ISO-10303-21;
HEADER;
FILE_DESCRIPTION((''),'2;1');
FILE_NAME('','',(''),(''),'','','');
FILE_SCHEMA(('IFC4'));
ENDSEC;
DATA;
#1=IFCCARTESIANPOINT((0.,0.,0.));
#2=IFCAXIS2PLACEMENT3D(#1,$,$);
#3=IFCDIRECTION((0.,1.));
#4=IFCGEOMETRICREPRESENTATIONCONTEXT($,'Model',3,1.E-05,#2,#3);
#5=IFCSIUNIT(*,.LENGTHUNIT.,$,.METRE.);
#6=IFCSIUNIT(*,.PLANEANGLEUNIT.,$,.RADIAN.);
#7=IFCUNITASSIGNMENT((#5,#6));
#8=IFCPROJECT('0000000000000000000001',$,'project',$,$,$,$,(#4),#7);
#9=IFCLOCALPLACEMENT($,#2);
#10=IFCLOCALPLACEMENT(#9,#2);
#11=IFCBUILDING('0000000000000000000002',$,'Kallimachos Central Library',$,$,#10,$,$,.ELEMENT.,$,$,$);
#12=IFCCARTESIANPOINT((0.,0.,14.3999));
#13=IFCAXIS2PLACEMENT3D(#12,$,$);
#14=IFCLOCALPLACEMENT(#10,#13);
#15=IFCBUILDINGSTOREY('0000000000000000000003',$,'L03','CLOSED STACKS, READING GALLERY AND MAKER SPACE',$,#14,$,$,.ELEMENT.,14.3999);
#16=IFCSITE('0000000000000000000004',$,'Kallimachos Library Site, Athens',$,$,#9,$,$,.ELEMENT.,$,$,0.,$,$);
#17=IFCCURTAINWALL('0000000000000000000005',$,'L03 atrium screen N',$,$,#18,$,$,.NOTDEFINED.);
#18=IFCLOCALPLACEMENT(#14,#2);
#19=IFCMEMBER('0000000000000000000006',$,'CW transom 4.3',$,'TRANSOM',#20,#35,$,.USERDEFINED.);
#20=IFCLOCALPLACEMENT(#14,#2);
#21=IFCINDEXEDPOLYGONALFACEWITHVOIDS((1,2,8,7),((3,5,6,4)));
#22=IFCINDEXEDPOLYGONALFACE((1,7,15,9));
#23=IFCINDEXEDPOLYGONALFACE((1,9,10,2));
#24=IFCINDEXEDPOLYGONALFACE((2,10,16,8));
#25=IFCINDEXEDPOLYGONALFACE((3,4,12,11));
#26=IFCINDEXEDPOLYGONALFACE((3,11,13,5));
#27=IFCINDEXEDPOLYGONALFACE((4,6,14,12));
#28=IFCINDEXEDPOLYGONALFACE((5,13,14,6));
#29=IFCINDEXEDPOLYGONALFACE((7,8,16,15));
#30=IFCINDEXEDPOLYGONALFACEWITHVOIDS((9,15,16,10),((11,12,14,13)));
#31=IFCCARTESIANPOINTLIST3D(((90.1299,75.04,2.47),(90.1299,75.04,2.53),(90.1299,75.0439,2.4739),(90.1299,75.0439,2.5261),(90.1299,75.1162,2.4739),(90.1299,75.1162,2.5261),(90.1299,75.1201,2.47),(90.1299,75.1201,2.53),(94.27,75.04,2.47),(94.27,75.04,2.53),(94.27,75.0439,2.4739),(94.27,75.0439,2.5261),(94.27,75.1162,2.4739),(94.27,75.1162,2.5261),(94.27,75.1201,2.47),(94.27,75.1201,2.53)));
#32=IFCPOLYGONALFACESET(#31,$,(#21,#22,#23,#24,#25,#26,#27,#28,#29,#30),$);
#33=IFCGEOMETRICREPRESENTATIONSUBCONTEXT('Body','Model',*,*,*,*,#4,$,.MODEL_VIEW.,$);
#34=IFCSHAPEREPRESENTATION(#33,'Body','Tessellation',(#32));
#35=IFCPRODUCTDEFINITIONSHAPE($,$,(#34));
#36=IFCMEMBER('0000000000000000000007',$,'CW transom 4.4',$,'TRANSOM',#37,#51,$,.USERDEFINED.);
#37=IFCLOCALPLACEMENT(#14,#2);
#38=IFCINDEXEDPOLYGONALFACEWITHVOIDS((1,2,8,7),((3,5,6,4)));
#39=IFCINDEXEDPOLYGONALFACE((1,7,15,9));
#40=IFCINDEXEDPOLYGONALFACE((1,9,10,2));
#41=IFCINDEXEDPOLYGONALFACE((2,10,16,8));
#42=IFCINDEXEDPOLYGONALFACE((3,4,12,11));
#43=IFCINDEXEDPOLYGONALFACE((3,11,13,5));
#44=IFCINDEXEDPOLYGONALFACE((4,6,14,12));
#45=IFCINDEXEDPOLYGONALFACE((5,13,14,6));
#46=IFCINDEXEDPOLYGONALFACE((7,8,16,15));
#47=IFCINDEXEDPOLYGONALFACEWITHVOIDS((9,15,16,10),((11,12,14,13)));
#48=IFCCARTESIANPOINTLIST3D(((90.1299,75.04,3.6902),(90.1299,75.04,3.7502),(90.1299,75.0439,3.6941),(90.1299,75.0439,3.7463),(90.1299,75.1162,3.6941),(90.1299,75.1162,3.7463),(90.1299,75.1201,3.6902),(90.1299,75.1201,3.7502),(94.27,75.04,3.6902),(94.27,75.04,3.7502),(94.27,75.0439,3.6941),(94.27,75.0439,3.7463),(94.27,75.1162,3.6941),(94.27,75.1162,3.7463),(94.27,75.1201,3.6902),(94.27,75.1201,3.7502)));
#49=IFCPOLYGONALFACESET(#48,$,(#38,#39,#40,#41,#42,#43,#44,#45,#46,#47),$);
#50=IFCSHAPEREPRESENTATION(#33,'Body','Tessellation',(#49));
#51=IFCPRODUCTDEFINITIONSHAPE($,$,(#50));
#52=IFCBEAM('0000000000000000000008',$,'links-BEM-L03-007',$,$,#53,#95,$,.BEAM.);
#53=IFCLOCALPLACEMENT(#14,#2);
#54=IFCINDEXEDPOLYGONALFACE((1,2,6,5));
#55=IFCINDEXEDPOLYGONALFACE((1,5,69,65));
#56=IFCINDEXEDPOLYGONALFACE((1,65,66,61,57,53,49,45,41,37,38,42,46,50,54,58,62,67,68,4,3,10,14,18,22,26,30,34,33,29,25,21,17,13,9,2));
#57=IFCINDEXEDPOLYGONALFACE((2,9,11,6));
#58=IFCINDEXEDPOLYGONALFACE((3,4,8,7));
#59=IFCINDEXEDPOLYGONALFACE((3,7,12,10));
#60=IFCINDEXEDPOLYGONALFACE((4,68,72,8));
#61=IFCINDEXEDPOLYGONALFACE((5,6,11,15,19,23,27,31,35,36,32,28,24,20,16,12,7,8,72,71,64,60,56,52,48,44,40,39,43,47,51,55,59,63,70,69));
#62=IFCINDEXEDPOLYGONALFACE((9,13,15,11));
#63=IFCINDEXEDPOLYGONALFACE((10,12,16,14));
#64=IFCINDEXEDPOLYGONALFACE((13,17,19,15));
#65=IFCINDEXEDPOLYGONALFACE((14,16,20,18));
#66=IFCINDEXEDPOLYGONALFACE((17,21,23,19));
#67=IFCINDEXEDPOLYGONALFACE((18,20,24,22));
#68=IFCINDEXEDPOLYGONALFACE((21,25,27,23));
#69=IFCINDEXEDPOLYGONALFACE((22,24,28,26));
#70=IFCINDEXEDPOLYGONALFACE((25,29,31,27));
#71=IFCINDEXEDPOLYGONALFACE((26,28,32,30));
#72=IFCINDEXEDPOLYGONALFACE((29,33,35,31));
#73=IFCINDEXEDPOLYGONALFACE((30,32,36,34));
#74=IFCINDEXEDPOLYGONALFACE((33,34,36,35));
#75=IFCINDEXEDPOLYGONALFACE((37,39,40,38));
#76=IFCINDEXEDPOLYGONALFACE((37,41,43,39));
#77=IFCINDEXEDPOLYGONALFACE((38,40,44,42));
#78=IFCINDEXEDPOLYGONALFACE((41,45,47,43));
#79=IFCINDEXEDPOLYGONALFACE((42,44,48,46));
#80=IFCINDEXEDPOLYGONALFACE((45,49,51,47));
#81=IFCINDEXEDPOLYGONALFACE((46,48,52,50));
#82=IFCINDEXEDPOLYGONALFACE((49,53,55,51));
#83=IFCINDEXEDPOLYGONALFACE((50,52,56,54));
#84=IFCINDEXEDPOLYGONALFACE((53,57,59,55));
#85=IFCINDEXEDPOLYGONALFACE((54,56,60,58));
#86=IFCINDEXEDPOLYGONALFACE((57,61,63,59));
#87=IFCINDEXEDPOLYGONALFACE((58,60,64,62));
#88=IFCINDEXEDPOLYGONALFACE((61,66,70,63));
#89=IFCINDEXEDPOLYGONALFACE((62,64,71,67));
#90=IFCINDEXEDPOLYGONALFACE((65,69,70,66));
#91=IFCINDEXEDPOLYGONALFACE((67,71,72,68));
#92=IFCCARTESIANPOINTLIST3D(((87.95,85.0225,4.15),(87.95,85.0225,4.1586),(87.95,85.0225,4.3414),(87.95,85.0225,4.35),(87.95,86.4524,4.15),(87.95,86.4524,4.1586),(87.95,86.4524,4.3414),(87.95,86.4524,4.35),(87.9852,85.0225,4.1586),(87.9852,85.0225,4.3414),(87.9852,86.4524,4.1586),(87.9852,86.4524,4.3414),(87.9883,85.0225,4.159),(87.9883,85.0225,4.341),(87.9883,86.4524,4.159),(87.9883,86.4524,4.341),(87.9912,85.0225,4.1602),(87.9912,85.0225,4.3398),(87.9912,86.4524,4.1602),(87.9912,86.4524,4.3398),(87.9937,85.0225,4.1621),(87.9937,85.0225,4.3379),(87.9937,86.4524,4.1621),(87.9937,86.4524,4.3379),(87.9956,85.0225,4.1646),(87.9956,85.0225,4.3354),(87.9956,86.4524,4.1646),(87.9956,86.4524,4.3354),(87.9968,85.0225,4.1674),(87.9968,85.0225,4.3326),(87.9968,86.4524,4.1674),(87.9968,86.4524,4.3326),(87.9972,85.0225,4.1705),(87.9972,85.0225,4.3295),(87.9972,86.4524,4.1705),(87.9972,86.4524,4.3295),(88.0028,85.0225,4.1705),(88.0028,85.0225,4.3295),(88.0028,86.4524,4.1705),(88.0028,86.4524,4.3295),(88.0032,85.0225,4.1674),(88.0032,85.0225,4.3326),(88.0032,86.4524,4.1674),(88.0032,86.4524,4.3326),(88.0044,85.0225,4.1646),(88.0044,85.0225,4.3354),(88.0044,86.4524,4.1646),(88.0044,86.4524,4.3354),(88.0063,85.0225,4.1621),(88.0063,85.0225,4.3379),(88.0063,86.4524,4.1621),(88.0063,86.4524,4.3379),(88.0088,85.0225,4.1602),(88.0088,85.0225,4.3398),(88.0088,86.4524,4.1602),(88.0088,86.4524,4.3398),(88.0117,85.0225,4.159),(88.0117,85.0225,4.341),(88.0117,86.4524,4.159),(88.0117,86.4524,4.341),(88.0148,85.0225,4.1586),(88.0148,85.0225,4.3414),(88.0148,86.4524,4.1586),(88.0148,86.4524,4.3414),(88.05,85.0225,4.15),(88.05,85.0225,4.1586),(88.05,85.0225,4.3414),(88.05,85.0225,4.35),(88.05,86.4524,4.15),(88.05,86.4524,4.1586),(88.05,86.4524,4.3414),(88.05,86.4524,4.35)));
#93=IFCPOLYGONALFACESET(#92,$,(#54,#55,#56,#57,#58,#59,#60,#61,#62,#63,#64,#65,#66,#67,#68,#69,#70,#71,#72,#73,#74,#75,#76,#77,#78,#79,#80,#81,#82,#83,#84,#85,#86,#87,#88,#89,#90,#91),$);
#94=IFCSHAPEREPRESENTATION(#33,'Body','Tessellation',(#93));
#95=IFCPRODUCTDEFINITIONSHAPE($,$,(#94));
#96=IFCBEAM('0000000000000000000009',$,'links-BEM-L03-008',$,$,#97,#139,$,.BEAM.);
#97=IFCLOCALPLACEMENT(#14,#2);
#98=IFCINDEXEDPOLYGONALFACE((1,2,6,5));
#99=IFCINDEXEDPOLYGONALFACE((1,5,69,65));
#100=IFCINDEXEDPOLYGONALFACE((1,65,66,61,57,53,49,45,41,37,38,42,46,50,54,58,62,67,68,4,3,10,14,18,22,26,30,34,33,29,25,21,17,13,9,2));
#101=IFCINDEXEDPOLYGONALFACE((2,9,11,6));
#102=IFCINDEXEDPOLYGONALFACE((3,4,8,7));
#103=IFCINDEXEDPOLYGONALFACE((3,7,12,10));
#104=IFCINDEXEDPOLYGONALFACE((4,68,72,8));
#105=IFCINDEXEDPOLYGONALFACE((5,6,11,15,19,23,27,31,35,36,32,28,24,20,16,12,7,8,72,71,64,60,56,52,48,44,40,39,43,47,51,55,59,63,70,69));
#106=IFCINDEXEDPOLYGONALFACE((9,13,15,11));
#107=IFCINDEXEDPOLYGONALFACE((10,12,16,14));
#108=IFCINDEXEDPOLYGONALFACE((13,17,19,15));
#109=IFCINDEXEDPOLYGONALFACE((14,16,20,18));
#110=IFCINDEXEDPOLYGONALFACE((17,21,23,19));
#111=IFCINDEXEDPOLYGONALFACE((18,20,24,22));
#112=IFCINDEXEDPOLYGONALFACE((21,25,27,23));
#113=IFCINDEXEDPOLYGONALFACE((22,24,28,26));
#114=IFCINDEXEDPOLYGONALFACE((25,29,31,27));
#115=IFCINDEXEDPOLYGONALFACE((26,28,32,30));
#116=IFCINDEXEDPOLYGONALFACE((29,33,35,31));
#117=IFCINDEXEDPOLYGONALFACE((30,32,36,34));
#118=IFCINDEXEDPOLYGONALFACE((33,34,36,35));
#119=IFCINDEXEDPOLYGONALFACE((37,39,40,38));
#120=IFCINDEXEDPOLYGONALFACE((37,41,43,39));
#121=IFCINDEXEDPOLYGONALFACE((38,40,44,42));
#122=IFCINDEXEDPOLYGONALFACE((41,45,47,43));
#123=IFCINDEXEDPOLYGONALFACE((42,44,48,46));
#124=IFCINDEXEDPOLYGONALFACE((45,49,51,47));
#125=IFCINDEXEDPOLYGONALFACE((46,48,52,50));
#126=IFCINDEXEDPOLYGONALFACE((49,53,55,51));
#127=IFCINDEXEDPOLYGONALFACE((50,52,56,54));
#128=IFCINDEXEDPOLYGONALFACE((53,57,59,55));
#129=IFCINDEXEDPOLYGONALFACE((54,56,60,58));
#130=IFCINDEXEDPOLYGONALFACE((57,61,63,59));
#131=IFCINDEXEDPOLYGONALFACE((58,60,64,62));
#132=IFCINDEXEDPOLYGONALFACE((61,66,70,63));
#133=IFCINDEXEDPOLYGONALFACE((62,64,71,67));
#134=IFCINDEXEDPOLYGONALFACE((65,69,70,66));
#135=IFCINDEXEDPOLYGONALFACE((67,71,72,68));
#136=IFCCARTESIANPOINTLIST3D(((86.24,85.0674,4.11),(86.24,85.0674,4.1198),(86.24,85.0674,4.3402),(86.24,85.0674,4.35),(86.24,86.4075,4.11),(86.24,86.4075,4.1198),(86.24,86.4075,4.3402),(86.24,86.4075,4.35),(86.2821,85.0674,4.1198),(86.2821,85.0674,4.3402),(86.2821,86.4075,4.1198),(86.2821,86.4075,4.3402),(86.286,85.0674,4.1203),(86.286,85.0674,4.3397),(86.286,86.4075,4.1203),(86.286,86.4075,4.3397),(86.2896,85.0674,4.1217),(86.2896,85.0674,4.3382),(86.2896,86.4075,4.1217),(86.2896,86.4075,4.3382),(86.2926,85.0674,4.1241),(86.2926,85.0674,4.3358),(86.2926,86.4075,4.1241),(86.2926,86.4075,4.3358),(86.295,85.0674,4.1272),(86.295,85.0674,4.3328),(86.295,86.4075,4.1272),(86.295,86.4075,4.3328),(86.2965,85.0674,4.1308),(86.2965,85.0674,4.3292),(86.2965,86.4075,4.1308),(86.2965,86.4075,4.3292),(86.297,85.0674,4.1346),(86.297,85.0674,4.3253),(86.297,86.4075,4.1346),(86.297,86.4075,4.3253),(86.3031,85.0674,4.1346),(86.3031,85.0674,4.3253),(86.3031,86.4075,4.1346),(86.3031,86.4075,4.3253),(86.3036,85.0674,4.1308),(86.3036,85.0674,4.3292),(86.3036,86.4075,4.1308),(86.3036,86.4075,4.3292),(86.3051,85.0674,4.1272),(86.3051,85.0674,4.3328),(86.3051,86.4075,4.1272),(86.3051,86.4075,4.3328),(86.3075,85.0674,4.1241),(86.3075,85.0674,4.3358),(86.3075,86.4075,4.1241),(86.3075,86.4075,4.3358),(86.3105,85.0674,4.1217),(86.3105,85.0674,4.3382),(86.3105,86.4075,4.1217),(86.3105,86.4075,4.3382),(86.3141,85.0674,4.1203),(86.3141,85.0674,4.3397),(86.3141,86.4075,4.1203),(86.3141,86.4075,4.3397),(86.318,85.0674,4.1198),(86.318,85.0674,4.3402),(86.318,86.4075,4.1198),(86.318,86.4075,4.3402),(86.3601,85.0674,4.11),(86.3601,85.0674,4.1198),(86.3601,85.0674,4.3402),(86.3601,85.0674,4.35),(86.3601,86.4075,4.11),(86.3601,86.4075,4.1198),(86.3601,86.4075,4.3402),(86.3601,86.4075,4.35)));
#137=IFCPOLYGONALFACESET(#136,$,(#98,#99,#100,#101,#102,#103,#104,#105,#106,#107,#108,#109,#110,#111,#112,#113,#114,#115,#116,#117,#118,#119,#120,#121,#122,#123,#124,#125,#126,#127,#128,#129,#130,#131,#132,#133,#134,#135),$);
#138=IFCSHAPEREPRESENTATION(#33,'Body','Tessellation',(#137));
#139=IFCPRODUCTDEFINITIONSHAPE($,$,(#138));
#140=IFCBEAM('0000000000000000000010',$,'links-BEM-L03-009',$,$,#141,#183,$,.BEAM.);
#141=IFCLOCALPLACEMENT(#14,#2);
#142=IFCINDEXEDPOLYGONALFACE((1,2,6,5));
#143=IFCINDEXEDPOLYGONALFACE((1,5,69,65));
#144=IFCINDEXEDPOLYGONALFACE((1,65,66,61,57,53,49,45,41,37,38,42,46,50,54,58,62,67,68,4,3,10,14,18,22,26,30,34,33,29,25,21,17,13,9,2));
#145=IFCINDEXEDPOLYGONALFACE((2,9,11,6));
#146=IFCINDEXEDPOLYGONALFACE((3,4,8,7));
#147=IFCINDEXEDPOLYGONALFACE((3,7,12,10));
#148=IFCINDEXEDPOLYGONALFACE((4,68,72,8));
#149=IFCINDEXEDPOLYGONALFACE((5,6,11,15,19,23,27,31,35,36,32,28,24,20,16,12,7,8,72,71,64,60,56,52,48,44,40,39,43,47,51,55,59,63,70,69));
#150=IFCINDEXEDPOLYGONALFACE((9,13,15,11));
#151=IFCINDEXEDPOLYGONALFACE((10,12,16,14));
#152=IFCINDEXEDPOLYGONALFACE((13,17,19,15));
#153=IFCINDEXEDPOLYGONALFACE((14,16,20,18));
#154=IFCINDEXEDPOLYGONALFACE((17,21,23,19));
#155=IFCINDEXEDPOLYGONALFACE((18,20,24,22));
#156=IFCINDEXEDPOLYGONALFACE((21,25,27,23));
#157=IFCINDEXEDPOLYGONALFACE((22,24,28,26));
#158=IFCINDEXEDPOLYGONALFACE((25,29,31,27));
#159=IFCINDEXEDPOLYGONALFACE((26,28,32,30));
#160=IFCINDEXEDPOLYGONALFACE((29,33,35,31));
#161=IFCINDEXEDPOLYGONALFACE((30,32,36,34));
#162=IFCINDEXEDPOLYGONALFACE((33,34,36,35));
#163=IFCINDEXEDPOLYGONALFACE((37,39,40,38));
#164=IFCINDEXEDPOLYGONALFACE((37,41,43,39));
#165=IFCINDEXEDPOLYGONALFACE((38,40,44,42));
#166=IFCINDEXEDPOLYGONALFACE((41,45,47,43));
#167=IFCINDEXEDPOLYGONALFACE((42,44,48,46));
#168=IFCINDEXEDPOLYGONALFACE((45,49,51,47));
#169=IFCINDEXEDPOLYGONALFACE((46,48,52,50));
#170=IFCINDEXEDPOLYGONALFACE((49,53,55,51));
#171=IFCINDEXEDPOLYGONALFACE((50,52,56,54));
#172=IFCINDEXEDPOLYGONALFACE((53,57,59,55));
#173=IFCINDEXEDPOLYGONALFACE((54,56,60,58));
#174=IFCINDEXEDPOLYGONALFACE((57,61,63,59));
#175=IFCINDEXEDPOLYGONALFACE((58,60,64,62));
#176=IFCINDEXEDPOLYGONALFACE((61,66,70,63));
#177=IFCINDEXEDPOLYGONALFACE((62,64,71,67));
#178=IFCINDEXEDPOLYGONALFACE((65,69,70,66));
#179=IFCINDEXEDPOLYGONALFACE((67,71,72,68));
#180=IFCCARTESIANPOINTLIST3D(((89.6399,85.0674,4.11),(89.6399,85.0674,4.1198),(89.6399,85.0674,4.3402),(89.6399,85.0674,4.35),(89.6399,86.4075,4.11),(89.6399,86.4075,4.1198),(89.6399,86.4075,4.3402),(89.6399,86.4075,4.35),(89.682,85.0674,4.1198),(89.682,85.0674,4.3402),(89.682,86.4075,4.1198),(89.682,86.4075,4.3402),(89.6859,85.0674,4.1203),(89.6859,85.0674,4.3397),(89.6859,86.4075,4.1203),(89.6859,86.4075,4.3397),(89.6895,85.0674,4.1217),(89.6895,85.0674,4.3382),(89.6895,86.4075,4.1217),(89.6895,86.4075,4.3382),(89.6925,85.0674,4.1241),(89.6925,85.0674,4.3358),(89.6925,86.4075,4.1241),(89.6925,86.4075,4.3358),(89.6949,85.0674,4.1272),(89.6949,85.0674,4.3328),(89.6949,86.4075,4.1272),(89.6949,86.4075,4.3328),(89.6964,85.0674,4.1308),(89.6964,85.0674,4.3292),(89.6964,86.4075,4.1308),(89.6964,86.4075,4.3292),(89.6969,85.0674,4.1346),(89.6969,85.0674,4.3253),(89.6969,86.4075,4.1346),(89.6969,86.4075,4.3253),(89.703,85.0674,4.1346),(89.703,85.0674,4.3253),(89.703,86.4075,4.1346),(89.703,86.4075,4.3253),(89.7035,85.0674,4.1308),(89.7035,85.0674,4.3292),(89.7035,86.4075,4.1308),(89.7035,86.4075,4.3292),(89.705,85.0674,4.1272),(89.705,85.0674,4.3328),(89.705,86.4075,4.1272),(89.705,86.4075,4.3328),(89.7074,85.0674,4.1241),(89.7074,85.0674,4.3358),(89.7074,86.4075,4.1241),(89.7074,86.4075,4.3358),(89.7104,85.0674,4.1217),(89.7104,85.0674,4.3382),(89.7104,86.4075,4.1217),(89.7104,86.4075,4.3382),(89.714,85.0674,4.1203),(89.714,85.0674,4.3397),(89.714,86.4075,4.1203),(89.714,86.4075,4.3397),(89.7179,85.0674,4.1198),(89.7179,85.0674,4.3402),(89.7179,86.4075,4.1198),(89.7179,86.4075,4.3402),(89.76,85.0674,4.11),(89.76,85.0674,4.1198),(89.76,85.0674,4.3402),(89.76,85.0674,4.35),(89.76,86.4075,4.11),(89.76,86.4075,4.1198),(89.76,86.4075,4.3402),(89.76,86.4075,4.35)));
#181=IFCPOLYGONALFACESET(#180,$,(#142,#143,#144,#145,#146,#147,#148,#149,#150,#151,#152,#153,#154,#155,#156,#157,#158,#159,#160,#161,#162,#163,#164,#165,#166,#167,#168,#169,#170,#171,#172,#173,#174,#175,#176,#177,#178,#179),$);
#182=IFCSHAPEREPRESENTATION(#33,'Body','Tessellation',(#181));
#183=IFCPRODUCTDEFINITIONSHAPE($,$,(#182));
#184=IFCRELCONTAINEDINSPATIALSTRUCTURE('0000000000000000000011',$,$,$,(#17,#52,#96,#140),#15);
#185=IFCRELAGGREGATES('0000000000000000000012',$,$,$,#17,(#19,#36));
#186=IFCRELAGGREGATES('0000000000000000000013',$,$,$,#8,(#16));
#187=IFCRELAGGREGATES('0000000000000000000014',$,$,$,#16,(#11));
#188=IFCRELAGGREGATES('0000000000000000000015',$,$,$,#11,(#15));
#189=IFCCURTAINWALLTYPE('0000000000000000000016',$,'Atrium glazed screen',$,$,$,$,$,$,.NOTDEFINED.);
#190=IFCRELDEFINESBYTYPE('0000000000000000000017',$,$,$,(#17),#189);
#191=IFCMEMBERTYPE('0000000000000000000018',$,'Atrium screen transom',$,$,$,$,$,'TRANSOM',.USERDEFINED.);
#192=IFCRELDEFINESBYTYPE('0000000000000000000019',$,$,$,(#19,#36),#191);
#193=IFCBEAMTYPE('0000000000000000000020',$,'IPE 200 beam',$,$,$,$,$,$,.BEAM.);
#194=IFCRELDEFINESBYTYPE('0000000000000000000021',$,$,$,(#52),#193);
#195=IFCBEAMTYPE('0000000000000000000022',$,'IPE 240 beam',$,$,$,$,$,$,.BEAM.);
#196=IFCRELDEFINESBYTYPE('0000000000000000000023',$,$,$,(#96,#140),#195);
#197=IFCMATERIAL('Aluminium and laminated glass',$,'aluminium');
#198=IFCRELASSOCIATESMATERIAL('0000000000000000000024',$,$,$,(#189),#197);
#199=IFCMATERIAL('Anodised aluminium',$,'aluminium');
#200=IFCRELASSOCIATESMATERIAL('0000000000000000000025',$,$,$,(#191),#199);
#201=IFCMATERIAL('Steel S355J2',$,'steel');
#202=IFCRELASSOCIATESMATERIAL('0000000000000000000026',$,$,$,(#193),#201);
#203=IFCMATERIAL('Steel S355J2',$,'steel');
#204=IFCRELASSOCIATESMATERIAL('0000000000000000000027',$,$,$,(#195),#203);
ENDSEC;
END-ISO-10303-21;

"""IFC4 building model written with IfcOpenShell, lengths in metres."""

from ifc_helpers import new_model, si_unit, direction, frame, origin, origin_2d, place, context, subcontext, project, spatial, hollow_rectangle, i_section, extrude, material, material_profile, profile_set, type_object, element, aggregate, save


model = new_model("IFC4")

# Units and contexts
model_context = context("Model", 3, precision=1e-05, world=origin(), true_north=direction((0.0, 1.0)))
body_context = subcontext(model_context, "Body", "Model", "MODEL_VIEW")
ifc_project = project(units=[si_unit("LENGTHUNIT", "METRE"), si_unit("PLANEANGLEUNIT", "RADIAN")], contexts=[model_context])

# Site, building, storey
site_placement = place(None, origin())
site = spatial("IfcSite", under=ifc_project, at=site_placement, Name="Kallimachos Library Site, Athens", CompositionType="ELEMENT", RefElevation=0.0)
building_placement = place(site_placement, origin())
building = spatial("IfcBuilding", under=site, at=building_placement, Name="Kallimachos Central Library", CompositionType="ELEMENT")
storey_placement = place(building_placement, frame((0.0, 0.0, 14.3999)))
storey = spatial("IfcBuildingStorey", under=building, at=storey_placement, Name="L03", Description="CLOSED STACKS, READING GALLERY AND MAKER SPACE", CompositionType="ELEMENT", Elevation=14.3999)

# Curtain wall, members
ifc_material_1 = material(Name="Aluminium and laminated glass", Category="aluminium")
curtain_wall_type_1 = type_object("IfcCurtainWallType", Name="Atrium glazed screen", PredefinedType="NOTDEFINED", material=ifc_material_1)
curtain_wall_1_placement = place(storey_placement, origin())
curtain_wall_1 = element("IfcCurtainWall", 1, at=curtain_wall_1_placement, inside=storey, type_object=curtain_wall_type_1, Name="L03 atrium screen N", PredefinedType="NOTDEFINED")
ifc_material_2 = material(Name="Anodised aluminium", Category="aluminium")
ifc_material_profile_1 = material_profile(ifc_material_2, hollow_rectangle(XDim=0.0601, YDim=0.0801, WallThickness=0.0039, at=origin_2d()), Name="ALU TRANSOM 60x80")
ifc_profile_set_1 = profile_set([ifc_material_profile_1], Name="Anodised aluminium")
member_type_1 = type_object("IfcMemberType", Name="Atrium screen transom", ElementType="TRANSOM", PredefinedType="USERDEFINED", material=ifc_profile_set_1)
member_1_placement = place(storey_placement, frame((90.1299, 75.0801, 2.5), z_axis=(1.0, 0.0, 0.0), x_axis=(0.0, 0.0, 1.0)))
member_1 = element("IfcMember", 2, at=member_1_placement, type_object=member_type_1, Name="CW transom 4.3", ObjectType="TRANSOM", PredefinedType="USERDEFINED", context=body_context, shape_type="SweptSolid", body=[
    extrude(hollow_rectangle(XDim=0.0601, YDim=0.0801, WallThickness=0.0039, at=origin_2d()), origin(), (0.0, 0.0, 1.0), 4.1401),
])
member_2_placement = place(storey_placement, frame((90.1299, 75.0801, 3.7202), z_axis=(1.0, 0.0, 0.0), x_axis=(0.0, 0.0, 1.0)))
member_2 = element("IfcMember", 3, at=member_2_placement, type_object=member_type_1, Name="CW transom 4.4", ObjectType="TRANSOM", PredefinedType="USERDEFINED", context=body_context, shape_type="SweptSolid", body=[
    extrude(hollow_rectangle(XDim=0.0601, YDim=0.0801, WallThickness=0.0039, at=origin_2d()), origin(), (0.0, 0.0, 1.0), 4.1401),
])

# Beams
ifc_material_3 = material(Name="Steel S355J2", Category="steel")
ifc_material_profile_2 = material_profile(ifc_material_3, i_section(OverallWidth=0.1001, OverallDepth=0.2, WebThickness=0.0056, FlangeThickness=0.0085, FilletRadius=0.012, at=origin_2d()), Name="IPE 200")
ifc_profile_set_2 = profile_set([ifc_material_profile_2], Name="Steel S355J2")
beam_type_1 = type_object("IfcBeamType", Name="IPE 200 beam", PredefinedType="BEAM", material=ifc_profile_set_2)
beam_1_placement = place(storey_placement, frame((88.0, 85.0225, 4.25), z_axis=(0.0, 1.0, 0.0), x_axis=(-1.0, 0.0, 0.0)))
element("IfcBeam", 4, at=beam_1_placement, inside=storey, type_object=beam_type_1, Name="links-BEM-L03-007", PredefinedType="BEAM", context=body_context, shape_type="SweptSolid", body=[
    extrude(i_section(OverallWidth=0.1001, OverallDepth=0.2, WebThickness=0.0056, FlangeThickness=0.0085, FilletRadius=0.012, at=origin_2d()), origin(), (0.0, 0.0, 1.0), 1.4299),
])
ifc_material_4 = material(Name="Steel S355J2", Category="steel")
ifc_material_profile_3 = material_profile(ifc_material_4, i_section(OverallWidth=0.1201, OverallDepth=0.24, WebThickness=0.0061, FlangeThickness=0.0098, FilletRadius=0.0149, at=origin_2d()), Name="IPE 240")
ifc_profile_set_3 = profile_set([ifc_material_profile_3], Name="Steel S355J2")
beam_type_2 = type_object("IfcBeamType", Name="IPE 240 beam", PredefinedType="BEAM", material=ifc_profile_set_3)
for number, where, z_axis, x_axis, name in (
    (5, (86.3, 85.0674, 4.23), (0.0, 1.0, 0.0), (-1.0, 0.0, 0.0), "links-BEM-L03-008"),
    (6, (89.7, 85.0674, 4.23), (0.0, 1.0, 0.0), (-1.0, 0.0, 0.0), "links-BEM-L03-009"),
):
    element("IfcBeam", number, at=place(storey_placement, frame(where, z_axis=z_axis, x_axis=x_axis)), inside=storey, type_object=beam_type_2, Name=name, PredefinedType="BEAM", context=body_context, shape_type="SweptSolid", body=[
        extrude(i_section(OverallWidth=0.1201, OverallDepth=0.24, WebThickness=0.0061, FlangeThickness=0.0098, FilletRadius=0.0149, at=origin_2d()), origin(), (0.0, 0.0, 1.0), 1.3401),
    ])

aggregate(curtain_wall_1, [member_1, member_2])

save(model, "model.ifc")
